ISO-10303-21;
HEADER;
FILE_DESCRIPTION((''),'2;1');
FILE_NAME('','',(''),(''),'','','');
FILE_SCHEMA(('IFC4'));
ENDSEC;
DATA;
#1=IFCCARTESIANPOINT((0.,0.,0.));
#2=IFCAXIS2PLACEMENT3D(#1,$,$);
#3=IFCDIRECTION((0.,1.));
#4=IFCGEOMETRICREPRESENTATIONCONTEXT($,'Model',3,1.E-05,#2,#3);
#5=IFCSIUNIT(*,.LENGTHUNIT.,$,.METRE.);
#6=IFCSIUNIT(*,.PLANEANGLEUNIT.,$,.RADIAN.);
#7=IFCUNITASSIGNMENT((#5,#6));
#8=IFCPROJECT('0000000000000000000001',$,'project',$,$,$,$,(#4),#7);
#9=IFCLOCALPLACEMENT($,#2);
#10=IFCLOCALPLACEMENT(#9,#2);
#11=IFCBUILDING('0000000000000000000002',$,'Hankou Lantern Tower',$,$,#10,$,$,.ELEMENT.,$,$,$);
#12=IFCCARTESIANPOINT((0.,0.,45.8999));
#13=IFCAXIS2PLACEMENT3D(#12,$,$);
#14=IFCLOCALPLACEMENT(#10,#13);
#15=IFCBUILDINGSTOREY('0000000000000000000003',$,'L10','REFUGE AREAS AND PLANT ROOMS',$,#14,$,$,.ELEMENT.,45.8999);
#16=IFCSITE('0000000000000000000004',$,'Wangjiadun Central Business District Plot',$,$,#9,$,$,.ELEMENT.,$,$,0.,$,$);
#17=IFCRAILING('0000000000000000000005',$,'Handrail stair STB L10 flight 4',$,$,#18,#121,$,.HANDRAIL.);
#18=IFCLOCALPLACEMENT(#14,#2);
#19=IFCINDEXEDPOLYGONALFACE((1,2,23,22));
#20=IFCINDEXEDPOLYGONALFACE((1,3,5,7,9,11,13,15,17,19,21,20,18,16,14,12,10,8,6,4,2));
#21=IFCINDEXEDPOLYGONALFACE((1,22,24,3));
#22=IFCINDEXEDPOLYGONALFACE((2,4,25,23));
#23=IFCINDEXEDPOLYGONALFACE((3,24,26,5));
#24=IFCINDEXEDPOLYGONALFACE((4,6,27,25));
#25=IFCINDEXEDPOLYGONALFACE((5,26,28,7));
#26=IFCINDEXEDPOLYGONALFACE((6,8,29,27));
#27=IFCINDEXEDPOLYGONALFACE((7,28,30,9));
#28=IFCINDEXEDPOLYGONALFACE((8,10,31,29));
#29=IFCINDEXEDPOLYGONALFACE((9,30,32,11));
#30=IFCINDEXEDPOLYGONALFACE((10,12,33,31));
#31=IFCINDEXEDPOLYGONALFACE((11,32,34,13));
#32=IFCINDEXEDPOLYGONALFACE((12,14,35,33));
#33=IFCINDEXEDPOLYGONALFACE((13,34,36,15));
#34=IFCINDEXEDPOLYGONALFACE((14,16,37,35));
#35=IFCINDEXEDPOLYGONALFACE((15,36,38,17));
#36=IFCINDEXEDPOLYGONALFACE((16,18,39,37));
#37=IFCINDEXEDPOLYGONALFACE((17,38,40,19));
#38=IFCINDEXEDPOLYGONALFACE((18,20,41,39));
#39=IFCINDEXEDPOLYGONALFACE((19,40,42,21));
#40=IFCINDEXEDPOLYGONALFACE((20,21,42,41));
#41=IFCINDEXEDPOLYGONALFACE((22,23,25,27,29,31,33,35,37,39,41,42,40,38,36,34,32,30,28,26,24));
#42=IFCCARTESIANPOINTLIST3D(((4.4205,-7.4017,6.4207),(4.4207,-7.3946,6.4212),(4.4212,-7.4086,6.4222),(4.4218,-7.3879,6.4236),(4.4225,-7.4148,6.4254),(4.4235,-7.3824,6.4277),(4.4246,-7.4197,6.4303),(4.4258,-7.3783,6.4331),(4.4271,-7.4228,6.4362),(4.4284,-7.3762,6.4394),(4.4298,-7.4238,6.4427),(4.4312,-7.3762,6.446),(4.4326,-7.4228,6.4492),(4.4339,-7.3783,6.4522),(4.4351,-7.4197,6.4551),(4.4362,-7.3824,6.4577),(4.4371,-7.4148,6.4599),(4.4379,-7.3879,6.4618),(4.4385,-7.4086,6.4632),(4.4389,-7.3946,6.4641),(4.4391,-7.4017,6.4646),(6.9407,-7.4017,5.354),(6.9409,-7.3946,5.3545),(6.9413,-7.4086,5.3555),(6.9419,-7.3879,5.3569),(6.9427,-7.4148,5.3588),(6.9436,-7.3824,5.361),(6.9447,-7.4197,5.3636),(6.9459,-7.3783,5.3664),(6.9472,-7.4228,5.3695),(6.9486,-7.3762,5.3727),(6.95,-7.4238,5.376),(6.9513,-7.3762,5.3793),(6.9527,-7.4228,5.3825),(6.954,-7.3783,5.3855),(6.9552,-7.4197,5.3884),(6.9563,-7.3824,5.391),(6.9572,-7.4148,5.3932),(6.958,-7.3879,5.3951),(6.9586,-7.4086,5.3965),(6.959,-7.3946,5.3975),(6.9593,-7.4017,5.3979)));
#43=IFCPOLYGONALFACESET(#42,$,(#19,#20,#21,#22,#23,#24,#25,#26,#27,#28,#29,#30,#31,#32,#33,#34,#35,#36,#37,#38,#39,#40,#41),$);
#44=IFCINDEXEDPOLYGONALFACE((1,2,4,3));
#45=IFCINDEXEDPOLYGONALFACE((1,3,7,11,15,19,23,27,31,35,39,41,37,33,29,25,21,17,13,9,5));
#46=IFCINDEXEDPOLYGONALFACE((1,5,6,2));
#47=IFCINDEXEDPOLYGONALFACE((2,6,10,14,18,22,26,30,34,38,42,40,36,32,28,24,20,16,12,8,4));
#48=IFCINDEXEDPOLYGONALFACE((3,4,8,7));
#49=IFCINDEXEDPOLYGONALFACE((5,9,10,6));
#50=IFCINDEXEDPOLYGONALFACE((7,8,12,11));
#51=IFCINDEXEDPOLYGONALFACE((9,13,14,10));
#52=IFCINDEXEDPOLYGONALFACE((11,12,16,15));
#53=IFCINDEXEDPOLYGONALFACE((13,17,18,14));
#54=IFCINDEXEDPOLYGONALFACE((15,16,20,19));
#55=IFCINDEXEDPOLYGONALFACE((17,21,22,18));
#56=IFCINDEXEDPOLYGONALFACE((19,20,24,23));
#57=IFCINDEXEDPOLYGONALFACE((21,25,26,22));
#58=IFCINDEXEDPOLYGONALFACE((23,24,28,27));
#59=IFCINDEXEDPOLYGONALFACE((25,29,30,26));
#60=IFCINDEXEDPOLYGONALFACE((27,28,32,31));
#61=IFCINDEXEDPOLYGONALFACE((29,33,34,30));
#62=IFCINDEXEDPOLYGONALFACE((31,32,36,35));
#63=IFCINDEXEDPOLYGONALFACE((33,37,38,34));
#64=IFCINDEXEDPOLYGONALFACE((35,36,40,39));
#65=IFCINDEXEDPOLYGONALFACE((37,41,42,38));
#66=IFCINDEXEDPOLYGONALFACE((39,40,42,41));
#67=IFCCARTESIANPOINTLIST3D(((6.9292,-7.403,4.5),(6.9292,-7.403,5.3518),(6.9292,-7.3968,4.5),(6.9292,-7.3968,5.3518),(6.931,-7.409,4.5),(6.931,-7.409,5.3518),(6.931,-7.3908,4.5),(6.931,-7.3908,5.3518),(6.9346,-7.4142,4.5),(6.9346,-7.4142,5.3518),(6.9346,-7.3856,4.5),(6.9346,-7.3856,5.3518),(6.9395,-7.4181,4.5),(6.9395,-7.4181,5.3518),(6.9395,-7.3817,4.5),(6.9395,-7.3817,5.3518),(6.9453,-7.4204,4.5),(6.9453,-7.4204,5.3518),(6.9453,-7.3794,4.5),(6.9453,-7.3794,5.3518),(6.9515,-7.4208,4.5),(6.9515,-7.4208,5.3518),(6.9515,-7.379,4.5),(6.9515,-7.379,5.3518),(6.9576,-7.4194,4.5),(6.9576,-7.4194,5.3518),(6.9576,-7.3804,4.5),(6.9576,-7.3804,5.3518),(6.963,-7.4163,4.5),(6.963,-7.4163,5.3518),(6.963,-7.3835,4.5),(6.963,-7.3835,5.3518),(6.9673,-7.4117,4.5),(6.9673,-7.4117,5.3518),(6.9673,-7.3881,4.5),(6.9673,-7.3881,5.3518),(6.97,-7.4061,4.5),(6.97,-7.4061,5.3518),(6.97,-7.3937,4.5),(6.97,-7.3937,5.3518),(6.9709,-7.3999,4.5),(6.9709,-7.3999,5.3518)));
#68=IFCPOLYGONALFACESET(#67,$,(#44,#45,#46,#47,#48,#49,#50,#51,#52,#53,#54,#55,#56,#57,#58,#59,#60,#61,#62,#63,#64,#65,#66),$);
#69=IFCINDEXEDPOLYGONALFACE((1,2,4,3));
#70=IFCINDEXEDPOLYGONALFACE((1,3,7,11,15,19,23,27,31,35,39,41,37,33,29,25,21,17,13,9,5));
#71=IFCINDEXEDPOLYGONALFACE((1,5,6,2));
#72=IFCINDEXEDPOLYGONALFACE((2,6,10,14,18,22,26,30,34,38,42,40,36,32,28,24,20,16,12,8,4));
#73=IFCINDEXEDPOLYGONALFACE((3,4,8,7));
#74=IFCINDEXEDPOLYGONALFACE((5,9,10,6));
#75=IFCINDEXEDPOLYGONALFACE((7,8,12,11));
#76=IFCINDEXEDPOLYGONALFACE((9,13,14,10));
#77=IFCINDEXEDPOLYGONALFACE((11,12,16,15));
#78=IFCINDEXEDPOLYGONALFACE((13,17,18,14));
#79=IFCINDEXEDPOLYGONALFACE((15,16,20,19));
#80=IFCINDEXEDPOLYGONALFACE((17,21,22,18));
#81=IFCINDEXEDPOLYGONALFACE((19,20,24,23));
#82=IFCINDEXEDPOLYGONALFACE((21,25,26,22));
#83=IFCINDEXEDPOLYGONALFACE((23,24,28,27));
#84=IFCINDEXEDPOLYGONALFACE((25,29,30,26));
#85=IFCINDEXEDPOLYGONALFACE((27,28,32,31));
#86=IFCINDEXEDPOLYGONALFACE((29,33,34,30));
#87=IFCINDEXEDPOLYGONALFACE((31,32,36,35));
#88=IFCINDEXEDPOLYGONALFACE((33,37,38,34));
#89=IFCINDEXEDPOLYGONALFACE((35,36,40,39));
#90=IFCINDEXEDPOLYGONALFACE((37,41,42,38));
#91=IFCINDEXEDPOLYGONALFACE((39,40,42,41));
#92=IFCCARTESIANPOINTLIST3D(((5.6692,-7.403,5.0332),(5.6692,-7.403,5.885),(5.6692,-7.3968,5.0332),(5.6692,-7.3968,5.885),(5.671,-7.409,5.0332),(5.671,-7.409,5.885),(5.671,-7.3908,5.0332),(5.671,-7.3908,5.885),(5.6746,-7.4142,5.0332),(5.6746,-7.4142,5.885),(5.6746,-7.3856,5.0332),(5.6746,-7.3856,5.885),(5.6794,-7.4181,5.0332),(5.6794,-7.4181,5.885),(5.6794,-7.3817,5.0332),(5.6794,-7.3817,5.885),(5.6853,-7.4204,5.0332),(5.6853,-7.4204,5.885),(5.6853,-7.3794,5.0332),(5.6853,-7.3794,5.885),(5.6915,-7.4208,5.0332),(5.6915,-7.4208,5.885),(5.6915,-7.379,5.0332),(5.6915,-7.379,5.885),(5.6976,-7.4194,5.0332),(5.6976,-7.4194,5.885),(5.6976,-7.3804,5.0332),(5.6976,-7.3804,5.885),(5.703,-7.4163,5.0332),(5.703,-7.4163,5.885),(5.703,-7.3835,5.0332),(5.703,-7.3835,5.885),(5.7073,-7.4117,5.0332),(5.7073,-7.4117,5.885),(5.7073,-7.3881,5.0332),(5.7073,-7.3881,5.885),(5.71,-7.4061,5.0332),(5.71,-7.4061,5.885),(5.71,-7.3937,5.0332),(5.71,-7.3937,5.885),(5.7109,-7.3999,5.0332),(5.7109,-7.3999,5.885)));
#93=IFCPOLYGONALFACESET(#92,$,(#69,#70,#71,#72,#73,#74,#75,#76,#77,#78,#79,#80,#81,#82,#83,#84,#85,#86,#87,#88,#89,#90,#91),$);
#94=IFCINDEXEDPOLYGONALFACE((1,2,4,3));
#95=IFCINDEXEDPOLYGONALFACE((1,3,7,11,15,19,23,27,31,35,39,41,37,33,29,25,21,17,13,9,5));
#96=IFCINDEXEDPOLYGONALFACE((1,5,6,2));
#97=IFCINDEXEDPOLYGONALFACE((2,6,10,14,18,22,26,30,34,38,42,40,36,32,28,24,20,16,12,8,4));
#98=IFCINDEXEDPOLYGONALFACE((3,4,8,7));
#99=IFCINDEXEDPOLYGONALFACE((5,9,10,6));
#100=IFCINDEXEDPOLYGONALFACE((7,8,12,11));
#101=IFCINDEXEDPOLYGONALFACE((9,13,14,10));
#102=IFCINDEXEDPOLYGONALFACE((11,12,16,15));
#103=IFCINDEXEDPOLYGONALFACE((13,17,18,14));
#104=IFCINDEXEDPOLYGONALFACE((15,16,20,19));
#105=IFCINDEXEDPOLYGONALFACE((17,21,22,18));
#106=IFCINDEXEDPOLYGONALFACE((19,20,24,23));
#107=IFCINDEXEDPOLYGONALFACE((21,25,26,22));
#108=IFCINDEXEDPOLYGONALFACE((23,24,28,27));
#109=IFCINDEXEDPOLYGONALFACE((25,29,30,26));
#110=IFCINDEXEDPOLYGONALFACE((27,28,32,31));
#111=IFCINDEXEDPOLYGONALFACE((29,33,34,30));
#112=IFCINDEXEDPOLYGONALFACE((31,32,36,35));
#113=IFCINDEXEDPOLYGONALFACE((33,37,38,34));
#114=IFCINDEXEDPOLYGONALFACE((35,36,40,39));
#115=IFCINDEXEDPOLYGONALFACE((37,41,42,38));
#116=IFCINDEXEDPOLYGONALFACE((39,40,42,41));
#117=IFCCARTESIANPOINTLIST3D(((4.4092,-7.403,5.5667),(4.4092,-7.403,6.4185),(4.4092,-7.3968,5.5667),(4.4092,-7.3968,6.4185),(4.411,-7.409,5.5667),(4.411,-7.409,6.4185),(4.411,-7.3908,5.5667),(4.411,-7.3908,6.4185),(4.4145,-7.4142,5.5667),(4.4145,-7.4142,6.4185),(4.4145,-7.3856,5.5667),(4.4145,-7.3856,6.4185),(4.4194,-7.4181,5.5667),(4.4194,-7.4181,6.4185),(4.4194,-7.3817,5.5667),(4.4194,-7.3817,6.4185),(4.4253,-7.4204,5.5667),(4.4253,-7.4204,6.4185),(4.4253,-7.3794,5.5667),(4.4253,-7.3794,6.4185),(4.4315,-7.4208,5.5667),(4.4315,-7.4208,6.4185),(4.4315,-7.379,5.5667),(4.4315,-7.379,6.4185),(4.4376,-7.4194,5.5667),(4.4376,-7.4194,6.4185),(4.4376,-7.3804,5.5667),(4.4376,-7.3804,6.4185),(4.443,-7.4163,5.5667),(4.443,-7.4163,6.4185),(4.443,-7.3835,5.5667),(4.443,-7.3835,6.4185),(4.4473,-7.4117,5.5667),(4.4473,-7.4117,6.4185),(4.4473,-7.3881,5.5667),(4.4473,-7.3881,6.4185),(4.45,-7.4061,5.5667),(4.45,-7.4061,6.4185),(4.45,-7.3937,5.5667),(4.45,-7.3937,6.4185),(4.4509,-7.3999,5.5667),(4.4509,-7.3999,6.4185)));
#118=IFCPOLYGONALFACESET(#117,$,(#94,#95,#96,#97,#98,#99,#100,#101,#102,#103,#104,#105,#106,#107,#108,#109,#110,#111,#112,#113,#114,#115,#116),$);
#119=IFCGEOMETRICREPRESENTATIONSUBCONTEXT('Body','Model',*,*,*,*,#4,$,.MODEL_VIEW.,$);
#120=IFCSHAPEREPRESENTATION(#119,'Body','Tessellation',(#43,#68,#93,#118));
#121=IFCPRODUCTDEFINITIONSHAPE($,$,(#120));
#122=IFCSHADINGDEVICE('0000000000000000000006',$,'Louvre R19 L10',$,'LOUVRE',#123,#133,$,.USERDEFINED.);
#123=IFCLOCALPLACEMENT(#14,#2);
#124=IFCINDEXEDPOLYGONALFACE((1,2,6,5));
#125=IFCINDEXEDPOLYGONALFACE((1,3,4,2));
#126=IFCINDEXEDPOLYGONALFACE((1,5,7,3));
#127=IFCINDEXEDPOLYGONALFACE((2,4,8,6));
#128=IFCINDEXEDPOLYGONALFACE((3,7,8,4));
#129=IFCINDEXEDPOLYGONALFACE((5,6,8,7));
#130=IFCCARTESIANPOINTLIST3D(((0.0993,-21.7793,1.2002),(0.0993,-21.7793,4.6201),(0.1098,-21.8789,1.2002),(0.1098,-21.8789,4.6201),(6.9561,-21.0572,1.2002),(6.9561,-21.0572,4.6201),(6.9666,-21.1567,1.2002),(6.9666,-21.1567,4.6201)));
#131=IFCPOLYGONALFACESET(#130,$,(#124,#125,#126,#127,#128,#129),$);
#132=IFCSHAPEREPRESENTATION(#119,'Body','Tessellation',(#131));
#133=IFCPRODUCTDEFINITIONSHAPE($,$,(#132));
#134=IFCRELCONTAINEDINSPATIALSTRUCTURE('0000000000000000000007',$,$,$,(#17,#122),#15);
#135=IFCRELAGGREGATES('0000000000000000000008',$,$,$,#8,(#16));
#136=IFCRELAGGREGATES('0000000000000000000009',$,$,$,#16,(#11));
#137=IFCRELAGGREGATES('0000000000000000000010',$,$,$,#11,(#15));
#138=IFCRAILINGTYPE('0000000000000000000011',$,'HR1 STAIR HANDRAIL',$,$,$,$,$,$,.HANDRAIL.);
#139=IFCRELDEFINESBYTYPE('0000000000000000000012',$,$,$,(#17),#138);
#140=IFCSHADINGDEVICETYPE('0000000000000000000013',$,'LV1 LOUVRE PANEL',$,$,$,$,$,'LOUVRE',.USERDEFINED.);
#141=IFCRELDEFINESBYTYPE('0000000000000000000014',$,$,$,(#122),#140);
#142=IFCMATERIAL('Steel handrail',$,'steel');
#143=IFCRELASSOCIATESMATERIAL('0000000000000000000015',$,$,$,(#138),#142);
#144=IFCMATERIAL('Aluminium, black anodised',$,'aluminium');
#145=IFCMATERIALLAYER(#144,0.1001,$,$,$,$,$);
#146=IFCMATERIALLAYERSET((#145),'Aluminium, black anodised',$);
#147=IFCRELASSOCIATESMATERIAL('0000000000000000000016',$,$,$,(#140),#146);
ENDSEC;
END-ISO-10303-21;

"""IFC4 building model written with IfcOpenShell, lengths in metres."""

from ifc_helpers import new_model, si_unit, direction, frame, origin, origin_2d, place, context, subcontext, project, spatial, rectangle, circle, extrude, material, layer, layer_set, type_object, element, save


model = new_model("IFC4")

# Units and contexts
model_context = context("Model", 3, precision=1e-05, world=origin(), true_north=direction((0.0, 1.0)))
body_context = subcontext(model_context, "Body", "Model", "MODEL_VIEW")
ifc_project = project(units=[si_unit("LENGTHUNIT", "METRE"), si_unit("PLANEANGLEUNIT", "RADIAN")], contexts=[model_context])

# Site, building, storey
site_placement = place(None, origin())
site = spatial("IfcSite", under=ifc_project, at=site_placement, Name="Wangjiadun Central Business District Plot", CompositionType="ELEMENT", RefElevation=0.0)
building_placement = place(site_placement, origin())
building = spatial("IfcBuilding", under=site, at=building_placement, Name="Hankou Lantern Tower", CompositionType="ELEMENT")
storey_placement = place(building_placement, frame((0.0, 0.0, 45.8999)))
storey = spatial("IfcBuildingStorey", under=building, at=storey_placement, Name="L10", Description="REFUGE AREAS AND PLANT ROOMS", CompositionType="ELEMENT", Elevation=45.8999)

# Railing
ifc_material_1 = material(Name="Steel handrail", Category="steel")
railing_type = type_object("IfcRailingType", Name="HR1 STAIR HANDRAIL", PredefinedType="HANDRAIL", material=ifc_material_1)
railing_1_placement = place(storey_placement, frame((6.95, -7.3999, 4.5)))
element("IfcRailing", 1, at=railing_1_placement, inside=storey, type_object=railing_type, Name="Handrail stair STB L10 flight 4", PredefinedType="HANDRAIL", context=body_context, shape_type="SweptSolid", body=[
    extrude(circle(Radius=0.0239, at=origin_2d()), frame((0.0, 0.0, 0.876), z_axis=(-0.920903, 0.0, 0.389791), x_axis=(0.0, -1.0, 0.0)), (0.0, 0.0, 1.0), 2.7366),
    extrude(circle(Radius=0.021, at=origin_2d()), origin(), (0.0, 0.0, 1.0), 0.8518),
    extrude(circle(Radius=0.021, at=origin_2d()), frame((-1.26, 0.0, 0.5332)), (0.0, 0.0, 1.0), 0.8518),
    extrude(circle(Radius=0.021, at=origin_2d()), frame((-2.52, 0.0, 1.0667)), (0.0, 0.0, 1.0), 0.8518),
])

# Shading device
ifc_material_2 = material(Name="Aluminium, black anodised", Category="aluminium")
ifc_layer_1 = layer(ifc_material_2, 0.1001)
ifc_layer_set_1 = layer_set([ifc_layer_1], Name="Aluminium, black anodised")
shading_device_type = type_object("IfcShadingDeviceType", Name="LV1 LOUVRE PANEL", ElementType="LOUVRE", PredefinedType="USERDEFINED", material=ifc_layer_set_1)
shading_device_placement = place(storey_placement, frame((3.533, -21.468, 1.2002), z_axis=(0.0, 0.0, 1.0), x_axis=(0.994499, 0.104743, 0.0)))
element("IfcShadingDevice", 2, at=shading_device_placement, inside=storey, type_object=shading_device_type, Name="Louvre R19 L10", ObjectType="LOUVRE", PredefinedType="USERDEFINED", context=body_context, shape_type="SweptSolid", body=[
    extrude(rectangle(XDim=6.8948, YDim=0.1001, at=origin_2d()), origin(), (0.0, 0.0, 1.0), 3.4199),
])

save(model, "model.ifc")
